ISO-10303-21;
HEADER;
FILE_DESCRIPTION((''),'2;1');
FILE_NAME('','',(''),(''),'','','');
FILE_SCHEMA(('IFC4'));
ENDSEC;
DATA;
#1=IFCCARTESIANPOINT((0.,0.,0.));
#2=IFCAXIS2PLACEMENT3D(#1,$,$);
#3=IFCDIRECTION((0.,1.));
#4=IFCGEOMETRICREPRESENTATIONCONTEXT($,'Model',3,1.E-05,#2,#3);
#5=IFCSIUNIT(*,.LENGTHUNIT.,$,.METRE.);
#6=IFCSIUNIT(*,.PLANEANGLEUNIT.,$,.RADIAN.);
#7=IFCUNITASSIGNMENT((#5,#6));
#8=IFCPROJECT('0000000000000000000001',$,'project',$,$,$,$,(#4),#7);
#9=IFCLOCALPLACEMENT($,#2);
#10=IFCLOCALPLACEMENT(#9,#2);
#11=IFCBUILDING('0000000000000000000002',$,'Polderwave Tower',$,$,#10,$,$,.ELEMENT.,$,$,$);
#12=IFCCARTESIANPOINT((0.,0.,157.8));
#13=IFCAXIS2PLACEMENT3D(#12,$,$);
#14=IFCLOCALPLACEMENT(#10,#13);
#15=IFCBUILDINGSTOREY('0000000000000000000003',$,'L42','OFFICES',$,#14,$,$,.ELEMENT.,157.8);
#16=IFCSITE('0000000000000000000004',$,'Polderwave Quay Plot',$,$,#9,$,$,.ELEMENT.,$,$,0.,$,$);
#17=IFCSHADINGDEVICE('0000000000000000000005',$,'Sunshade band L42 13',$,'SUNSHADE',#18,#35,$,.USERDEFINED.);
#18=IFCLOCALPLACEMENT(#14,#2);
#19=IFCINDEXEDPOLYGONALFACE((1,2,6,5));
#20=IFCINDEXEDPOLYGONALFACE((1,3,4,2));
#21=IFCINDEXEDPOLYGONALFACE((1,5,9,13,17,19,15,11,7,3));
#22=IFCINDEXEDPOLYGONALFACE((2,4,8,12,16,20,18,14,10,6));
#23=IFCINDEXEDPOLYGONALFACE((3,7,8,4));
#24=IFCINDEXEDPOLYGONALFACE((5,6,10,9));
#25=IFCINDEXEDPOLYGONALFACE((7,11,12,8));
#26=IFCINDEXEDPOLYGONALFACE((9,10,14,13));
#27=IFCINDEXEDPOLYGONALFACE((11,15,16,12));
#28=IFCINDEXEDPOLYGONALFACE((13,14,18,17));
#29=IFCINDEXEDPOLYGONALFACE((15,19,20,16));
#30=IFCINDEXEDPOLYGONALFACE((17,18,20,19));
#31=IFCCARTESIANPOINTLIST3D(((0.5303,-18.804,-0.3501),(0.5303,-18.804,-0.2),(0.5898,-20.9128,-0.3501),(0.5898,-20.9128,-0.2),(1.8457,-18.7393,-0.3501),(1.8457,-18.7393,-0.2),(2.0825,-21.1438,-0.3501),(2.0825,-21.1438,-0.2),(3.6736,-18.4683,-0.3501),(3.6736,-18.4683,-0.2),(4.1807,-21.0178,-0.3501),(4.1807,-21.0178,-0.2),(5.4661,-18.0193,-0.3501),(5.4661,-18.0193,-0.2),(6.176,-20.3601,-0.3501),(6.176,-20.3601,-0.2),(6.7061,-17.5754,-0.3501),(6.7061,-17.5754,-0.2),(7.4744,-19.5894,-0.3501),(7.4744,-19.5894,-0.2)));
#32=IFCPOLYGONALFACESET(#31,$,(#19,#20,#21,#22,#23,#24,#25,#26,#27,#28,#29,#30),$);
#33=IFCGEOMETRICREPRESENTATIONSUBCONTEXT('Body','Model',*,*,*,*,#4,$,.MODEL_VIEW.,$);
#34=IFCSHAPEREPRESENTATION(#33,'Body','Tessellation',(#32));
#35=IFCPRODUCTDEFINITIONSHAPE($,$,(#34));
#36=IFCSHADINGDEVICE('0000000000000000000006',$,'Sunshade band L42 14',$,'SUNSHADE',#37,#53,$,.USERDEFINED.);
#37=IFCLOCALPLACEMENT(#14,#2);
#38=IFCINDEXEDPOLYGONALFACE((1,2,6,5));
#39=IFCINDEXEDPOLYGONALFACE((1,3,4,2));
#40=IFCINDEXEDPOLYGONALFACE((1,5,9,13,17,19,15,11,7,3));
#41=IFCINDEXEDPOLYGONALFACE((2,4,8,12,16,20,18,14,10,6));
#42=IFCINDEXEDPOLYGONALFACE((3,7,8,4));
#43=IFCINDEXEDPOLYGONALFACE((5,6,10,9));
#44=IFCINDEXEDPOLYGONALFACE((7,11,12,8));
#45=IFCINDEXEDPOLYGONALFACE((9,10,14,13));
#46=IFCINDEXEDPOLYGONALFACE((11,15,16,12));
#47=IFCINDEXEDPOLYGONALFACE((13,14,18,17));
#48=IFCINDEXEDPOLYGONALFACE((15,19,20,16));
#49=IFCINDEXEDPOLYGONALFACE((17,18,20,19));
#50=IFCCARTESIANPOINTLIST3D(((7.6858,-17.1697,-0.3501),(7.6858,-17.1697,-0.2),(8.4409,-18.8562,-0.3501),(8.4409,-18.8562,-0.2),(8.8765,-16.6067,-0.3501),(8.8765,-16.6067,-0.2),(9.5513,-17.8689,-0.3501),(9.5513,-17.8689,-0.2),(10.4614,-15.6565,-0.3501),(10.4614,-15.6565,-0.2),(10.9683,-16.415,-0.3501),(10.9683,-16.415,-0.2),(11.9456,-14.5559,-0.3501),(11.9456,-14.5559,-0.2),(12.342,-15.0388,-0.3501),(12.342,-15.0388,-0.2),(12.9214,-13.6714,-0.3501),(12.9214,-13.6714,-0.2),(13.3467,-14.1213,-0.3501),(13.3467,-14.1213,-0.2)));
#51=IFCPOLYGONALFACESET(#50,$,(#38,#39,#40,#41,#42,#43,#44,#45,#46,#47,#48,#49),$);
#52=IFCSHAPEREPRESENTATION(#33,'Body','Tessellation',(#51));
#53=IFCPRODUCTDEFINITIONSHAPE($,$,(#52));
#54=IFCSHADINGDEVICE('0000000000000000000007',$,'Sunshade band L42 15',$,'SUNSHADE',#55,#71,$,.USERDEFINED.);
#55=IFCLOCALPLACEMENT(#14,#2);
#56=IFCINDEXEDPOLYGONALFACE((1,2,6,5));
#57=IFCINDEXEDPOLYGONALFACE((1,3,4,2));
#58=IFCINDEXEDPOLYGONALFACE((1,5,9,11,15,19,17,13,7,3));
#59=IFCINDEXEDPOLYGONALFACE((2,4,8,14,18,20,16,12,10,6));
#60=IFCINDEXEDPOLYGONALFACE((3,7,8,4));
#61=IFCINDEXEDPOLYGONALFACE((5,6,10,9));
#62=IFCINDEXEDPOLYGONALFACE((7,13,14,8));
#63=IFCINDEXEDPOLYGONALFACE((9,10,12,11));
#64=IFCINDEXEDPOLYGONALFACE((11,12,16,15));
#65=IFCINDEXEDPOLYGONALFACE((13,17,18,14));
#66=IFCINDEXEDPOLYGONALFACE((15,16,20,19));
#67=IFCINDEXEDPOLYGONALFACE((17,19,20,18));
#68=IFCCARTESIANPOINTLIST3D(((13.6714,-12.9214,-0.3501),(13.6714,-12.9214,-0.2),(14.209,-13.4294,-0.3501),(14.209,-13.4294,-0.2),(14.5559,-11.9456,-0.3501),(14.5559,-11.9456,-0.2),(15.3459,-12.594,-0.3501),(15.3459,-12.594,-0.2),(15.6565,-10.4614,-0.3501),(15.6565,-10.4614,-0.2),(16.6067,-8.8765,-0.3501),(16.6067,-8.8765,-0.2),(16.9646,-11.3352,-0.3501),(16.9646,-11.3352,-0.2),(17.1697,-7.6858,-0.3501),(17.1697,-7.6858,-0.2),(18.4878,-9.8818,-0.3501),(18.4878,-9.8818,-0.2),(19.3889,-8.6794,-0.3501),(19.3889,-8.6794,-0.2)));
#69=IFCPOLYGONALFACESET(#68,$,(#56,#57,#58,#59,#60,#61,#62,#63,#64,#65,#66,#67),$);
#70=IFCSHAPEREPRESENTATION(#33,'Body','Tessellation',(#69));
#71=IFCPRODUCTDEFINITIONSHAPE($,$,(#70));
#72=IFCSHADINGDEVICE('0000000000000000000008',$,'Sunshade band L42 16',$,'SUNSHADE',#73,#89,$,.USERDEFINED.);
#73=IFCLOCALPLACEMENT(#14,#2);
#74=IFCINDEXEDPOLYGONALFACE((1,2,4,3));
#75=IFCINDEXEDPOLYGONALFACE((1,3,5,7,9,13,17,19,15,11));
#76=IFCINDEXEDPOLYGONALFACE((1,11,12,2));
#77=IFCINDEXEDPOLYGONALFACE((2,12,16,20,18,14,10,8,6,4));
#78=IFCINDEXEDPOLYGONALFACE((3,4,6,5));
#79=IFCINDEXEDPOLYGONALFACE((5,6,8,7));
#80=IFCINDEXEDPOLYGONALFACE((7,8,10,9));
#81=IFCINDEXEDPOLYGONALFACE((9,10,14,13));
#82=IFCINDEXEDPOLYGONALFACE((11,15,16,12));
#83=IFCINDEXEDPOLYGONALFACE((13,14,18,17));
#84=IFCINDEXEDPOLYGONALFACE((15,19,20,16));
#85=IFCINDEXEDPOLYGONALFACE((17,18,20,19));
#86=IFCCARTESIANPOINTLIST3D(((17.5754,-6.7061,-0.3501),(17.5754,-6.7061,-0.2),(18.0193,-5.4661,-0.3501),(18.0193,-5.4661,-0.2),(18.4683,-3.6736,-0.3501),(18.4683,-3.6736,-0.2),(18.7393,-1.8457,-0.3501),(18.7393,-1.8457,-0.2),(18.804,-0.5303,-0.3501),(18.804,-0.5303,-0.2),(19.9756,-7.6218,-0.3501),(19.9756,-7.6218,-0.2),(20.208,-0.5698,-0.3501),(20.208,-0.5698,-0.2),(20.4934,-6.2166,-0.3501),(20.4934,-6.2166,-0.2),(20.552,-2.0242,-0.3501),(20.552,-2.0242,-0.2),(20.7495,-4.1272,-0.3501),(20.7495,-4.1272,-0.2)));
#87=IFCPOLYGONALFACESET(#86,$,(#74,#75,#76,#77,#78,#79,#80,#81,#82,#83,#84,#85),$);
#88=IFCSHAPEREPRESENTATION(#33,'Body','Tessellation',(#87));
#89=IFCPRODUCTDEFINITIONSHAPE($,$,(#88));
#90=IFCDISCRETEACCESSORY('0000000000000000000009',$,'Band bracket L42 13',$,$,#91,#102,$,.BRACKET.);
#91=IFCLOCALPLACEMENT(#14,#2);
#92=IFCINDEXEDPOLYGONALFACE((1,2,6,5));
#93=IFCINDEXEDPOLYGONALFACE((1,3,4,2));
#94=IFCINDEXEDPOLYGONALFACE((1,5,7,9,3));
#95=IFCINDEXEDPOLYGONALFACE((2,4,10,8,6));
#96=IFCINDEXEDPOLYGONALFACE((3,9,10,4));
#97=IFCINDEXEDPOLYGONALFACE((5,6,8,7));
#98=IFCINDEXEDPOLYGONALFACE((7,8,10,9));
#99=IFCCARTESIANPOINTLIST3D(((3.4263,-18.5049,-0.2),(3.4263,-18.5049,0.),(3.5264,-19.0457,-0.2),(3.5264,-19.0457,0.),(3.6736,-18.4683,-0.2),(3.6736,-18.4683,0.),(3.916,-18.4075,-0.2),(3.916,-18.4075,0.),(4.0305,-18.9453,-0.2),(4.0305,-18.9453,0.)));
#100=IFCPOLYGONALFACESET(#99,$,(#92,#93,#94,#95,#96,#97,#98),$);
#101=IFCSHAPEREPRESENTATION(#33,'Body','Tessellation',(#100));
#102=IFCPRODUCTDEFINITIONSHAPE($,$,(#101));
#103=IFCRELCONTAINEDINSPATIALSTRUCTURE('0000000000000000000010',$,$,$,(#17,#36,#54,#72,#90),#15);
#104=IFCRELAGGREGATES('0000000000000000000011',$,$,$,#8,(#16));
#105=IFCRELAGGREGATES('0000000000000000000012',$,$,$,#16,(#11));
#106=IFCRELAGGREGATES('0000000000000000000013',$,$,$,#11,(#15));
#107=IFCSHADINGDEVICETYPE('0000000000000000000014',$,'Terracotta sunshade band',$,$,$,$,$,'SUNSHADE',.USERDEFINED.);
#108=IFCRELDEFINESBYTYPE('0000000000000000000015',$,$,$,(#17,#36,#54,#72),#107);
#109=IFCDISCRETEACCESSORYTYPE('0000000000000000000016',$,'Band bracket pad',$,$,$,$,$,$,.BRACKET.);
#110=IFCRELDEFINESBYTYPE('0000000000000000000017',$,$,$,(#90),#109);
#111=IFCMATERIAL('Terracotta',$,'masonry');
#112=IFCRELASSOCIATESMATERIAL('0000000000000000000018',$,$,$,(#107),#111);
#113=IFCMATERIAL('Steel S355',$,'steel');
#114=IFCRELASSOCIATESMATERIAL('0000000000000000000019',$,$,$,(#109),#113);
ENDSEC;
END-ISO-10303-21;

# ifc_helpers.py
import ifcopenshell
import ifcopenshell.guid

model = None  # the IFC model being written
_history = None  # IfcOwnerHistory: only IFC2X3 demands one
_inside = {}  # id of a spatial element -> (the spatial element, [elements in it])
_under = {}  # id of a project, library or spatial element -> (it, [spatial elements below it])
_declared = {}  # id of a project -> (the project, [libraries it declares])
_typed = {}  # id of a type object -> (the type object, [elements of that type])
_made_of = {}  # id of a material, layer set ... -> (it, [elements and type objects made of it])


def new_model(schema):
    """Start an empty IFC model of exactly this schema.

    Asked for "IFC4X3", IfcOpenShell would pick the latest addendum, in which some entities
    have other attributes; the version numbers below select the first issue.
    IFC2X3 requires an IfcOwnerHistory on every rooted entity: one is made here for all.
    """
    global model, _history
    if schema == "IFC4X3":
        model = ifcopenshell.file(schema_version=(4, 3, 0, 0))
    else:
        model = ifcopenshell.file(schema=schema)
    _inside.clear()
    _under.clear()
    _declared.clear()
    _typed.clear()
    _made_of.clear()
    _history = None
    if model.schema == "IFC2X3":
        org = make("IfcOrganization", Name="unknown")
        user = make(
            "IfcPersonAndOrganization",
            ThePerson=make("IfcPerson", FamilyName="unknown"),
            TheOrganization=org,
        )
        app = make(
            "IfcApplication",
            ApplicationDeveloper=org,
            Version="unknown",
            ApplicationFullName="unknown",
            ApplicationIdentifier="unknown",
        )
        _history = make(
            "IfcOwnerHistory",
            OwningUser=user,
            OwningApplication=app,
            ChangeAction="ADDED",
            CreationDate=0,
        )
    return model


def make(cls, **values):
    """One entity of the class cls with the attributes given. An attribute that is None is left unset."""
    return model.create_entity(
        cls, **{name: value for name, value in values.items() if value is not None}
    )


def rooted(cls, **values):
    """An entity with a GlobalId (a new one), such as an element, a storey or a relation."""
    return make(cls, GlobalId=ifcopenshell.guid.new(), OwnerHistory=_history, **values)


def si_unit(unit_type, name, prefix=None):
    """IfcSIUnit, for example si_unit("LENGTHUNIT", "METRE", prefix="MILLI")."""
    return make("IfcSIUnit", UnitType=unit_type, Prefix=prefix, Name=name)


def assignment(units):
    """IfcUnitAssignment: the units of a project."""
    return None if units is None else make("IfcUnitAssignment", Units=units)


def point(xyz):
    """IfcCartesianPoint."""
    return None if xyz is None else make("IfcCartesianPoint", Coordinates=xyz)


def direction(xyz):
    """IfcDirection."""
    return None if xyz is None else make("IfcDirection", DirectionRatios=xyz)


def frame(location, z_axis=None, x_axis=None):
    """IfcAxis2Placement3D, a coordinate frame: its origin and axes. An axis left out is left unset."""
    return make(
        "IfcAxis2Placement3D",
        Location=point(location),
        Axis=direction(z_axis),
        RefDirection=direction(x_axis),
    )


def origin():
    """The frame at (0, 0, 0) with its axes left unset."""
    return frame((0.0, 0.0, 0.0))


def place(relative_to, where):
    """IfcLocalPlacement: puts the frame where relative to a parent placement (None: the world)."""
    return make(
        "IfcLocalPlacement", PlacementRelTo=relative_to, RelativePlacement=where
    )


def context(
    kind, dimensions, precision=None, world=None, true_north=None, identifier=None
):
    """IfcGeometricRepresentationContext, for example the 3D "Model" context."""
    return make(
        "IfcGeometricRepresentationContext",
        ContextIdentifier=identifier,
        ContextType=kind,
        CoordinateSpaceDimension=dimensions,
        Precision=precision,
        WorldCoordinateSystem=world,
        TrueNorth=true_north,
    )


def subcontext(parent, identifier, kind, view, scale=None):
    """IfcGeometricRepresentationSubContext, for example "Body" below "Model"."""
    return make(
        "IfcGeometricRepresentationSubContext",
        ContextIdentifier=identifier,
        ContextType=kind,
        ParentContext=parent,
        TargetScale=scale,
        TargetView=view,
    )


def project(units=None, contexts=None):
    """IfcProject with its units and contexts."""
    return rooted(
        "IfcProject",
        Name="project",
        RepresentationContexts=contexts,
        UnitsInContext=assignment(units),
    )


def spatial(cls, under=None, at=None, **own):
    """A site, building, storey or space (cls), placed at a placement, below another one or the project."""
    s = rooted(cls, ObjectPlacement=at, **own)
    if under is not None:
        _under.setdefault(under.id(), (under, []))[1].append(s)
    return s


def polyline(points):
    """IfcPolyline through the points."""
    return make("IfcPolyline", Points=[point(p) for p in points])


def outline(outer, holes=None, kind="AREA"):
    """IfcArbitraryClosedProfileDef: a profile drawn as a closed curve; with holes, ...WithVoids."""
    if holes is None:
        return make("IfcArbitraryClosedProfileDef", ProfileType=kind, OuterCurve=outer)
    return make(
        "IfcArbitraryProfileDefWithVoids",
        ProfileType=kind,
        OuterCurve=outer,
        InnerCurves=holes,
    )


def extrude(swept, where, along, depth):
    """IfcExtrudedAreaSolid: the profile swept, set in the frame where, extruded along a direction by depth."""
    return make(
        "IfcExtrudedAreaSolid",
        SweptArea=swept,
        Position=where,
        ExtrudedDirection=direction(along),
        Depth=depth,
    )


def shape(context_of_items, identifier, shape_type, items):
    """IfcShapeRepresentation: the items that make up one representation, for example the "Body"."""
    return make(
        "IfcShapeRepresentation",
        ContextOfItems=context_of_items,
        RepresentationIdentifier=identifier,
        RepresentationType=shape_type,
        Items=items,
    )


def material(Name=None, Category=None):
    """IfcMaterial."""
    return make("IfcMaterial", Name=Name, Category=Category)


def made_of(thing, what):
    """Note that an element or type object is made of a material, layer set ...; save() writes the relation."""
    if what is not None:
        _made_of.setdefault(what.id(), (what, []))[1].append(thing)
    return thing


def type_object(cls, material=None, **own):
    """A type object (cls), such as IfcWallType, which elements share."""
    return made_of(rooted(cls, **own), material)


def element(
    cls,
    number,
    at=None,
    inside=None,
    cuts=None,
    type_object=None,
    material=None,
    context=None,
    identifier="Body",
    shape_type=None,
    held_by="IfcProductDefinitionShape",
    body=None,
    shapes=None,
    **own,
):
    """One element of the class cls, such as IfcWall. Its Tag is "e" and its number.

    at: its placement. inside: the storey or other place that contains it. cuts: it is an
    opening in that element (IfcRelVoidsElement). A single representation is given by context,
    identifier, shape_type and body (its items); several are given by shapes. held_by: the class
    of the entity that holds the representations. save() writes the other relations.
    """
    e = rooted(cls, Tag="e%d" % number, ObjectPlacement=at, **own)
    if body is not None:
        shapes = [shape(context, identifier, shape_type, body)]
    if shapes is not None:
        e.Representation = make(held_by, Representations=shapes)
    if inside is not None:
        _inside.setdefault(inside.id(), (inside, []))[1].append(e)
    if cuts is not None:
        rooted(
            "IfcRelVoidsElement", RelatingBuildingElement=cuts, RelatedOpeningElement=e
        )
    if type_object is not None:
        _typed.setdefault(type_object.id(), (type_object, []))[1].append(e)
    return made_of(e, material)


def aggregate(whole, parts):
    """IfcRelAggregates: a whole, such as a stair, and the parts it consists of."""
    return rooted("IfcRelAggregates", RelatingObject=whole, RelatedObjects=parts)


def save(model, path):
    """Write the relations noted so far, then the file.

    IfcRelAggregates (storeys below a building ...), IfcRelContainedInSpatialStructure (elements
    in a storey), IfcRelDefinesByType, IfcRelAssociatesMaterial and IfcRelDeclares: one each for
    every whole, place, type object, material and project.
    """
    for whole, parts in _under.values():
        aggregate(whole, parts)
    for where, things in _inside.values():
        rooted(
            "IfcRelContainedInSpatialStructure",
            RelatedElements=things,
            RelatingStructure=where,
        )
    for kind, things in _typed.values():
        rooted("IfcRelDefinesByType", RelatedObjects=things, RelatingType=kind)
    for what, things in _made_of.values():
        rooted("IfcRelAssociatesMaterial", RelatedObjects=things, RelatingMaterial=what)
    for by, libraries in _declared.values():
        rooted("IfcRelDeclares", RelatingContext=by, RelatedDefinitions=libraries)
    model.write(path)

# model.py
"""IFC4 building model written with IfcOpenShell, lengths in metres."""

from ifc_helpers import new_model, si_unit, direction, frame, origin, place, context, subcontext, project, spatial, polyline, outline, extrude, material, type_object, element, save


model = new_model("IFC4")

# Units and contexts
model_context = context("Model", 3, precision=1e-05, world=origin(), true_north=direction((0.0, 1.0)))
body_context = subcontext(model_context, "Body", "Model", "MODEL_VIEW")
ifc_project = project(units=[si_unit("LENGTHUNIT", "METRE"), si_unit("PLANEANGLEUNIT", "RADIAN")], contexts=[model_context])

# Site, building, storey
site_placement = place(None, origin())
site = spatial("IfcSite", under=ifc_project, at=site_placement, Name="Polderwave Quay Plot", CompositionType="ELEMENT", RefElevation=0.0)
building_placement = place(site_placement, origin())
building = spatial("IfcBuilding", under=site, at=building_placement, Name="Polderwave Tower", CompositionType="ELEMENT")
storey_placement = place(building_placement, frame((0.0, 0.0, 157.8)))
storey = spatial("IfcBuildingStorey", under=building, at=storey_placement, Name="L42", Description="OFFICES", CompositionType="ELEMENT", Elevation=157.8)

# Shared definitions
ifc_material_1 = material(Name="Steel S355", Category="steel")

# Shading devices
ifc_material_2 = material(Name="Terracotta", Category="masonry")
shading_device_type = type_object("IfcShadingDeviceType", Name="Terracotta sunshade band", ElementType="SUNSHADE", PredefinedType="USERDEFINED", material=ifc_material_2)
shading_device_1_placement = place(storey_placement, frame((0.0, 0.0, -0.3501)))
element("IfcShadingDevice", 1, at=shading_device_1_placement, inside=storey, type_object=shading_device_type, Name="Sunshade band L42 13", ObjectType="SUNSHADE", PredefinedType="USERDEFINED", context=body_context, shape_type="SweptSolid", body=[
    extrude(outline(polyline([(0.5303, -18.804), (1.8457, -18.7393), (3.6736, -18.4683), (5.4661, -18.0193), (6.7061, -17.5754), (7.4744, -19.5894), (6.176, -20.3601), (4.1807, -21.0178), (2.0825, -21.1438), (0.5898, -20.9128), (0.5303, -18.804)])), origin(), (0.0, 0.0, 1.0), 0.1501),
])
shading_device_2_placement = place(storey_placement, frame((0.0, 0.0, -0.3501)))
element("IfcShadingDevice", 2, at=shading_device_2_placement, inside=storey, type_object=shading_device_type, Name="Sunshade band L42 14", ObjectType="SUNSHADE", PredefinedType="USERDEFINED", context=body_context, shape_type="SweptSolid", body=[
    extrude(outline(polyline([(7.6858, -17.1697), (8.8765, -16.6067), (10.4614, -15.6565), (11.9456, -14.5559), (12.9214, -13.6714), (13.3467, -14.1213), (12.342, -15.0388), (10.9683, -16.415), (9.5513, -17.8689), (8.4409, -18.8562), (7.6858, -17.1697)])), origin(), (0.0, 0.0, 1.0), 0.1501),
])
shading_device_3_placement = place(storey_placement, frame((0.0, 0.0, -0.3501)))
element("IfcShadingDevice", 3, at=shading_device_3_placement, inside=storey, type_object=shading_device_type, Name="Sunshade band L42 15", ObjectType="SUNSHADE", PredefinedType="USERDEFINED", context=body_context, shape_type="SweptSolid", body=[
    extrude(outline(polyline([(13.6714, -12.9214), (14.5559, -11.9456), (15.6565, -10.4614), (16.6067, -8.8765), (17.1697, -7.6858), (19.3889, -8.6794), (18.4878, -9.8818), (16.9646, -11.3352), (15.3459, -12.594), (14.209, -13.4294), (13.6714, -12.9214)])), origin(), (0.0, 0.0, 1.0), 0.1501),
])
shading_device_4_placement = place(storey_placement, frame((0.0, 0.0, -0.3501)))
element("IfcShadingDevice", 4, at=shading_device_4_placement, inside=storey, type_object=shading_device_type, Name="Sunshade band L42 16", ObjectType="SUNSHADE", PredefinedType="USERDEFINED", context=body_context, shape_type="SweptSolid", body=[
    extrude(outline(polyline([(17.5754, -6.7061), (18.0193, -5.4661), (18.4683, -3.6736), (18.7393, -1.8457), (18.804, -0.5303), (20.208, -0.5698), (20.552, -2.0242), (20.7495, -4.1272), (20.4934, -6.2166), (19.9756, -7.6218), (17.5754, -6.7061)])), origin(), (0.0, 0.0, 1.0), 0.1501),
])

# Discrete accessory
discrete_accessory_type = type_object("IfcDiscreteAccessoryType", Name="Band bracket pad", PredefinedType="BRACKET", material=ifc_material_1)
discrete_accessory_placement = place(storey_placement, frame((0.0, 0.0, -0.2)))
element("IfcDiscreteAccessory", 5, at=discrete_accessory_placement, inside=storey, type_object=discrete_accessory_type, Name="Band bracket L42 13", PredefinedType="BRACKET", context=body_context, shape_type="SweptSolid", body=[
    extrude(outline(polyline([(3.4263, -18.5049), (3.6736, -18.4683), (3.916, -18.4075), (4.0305, -18.9453), (3.5264, -19.0457), (3.4263, -18.5049)])), origin(), (0.0, 0.0, 1.0), 0.2),
])

save(model, "model.ifc")
